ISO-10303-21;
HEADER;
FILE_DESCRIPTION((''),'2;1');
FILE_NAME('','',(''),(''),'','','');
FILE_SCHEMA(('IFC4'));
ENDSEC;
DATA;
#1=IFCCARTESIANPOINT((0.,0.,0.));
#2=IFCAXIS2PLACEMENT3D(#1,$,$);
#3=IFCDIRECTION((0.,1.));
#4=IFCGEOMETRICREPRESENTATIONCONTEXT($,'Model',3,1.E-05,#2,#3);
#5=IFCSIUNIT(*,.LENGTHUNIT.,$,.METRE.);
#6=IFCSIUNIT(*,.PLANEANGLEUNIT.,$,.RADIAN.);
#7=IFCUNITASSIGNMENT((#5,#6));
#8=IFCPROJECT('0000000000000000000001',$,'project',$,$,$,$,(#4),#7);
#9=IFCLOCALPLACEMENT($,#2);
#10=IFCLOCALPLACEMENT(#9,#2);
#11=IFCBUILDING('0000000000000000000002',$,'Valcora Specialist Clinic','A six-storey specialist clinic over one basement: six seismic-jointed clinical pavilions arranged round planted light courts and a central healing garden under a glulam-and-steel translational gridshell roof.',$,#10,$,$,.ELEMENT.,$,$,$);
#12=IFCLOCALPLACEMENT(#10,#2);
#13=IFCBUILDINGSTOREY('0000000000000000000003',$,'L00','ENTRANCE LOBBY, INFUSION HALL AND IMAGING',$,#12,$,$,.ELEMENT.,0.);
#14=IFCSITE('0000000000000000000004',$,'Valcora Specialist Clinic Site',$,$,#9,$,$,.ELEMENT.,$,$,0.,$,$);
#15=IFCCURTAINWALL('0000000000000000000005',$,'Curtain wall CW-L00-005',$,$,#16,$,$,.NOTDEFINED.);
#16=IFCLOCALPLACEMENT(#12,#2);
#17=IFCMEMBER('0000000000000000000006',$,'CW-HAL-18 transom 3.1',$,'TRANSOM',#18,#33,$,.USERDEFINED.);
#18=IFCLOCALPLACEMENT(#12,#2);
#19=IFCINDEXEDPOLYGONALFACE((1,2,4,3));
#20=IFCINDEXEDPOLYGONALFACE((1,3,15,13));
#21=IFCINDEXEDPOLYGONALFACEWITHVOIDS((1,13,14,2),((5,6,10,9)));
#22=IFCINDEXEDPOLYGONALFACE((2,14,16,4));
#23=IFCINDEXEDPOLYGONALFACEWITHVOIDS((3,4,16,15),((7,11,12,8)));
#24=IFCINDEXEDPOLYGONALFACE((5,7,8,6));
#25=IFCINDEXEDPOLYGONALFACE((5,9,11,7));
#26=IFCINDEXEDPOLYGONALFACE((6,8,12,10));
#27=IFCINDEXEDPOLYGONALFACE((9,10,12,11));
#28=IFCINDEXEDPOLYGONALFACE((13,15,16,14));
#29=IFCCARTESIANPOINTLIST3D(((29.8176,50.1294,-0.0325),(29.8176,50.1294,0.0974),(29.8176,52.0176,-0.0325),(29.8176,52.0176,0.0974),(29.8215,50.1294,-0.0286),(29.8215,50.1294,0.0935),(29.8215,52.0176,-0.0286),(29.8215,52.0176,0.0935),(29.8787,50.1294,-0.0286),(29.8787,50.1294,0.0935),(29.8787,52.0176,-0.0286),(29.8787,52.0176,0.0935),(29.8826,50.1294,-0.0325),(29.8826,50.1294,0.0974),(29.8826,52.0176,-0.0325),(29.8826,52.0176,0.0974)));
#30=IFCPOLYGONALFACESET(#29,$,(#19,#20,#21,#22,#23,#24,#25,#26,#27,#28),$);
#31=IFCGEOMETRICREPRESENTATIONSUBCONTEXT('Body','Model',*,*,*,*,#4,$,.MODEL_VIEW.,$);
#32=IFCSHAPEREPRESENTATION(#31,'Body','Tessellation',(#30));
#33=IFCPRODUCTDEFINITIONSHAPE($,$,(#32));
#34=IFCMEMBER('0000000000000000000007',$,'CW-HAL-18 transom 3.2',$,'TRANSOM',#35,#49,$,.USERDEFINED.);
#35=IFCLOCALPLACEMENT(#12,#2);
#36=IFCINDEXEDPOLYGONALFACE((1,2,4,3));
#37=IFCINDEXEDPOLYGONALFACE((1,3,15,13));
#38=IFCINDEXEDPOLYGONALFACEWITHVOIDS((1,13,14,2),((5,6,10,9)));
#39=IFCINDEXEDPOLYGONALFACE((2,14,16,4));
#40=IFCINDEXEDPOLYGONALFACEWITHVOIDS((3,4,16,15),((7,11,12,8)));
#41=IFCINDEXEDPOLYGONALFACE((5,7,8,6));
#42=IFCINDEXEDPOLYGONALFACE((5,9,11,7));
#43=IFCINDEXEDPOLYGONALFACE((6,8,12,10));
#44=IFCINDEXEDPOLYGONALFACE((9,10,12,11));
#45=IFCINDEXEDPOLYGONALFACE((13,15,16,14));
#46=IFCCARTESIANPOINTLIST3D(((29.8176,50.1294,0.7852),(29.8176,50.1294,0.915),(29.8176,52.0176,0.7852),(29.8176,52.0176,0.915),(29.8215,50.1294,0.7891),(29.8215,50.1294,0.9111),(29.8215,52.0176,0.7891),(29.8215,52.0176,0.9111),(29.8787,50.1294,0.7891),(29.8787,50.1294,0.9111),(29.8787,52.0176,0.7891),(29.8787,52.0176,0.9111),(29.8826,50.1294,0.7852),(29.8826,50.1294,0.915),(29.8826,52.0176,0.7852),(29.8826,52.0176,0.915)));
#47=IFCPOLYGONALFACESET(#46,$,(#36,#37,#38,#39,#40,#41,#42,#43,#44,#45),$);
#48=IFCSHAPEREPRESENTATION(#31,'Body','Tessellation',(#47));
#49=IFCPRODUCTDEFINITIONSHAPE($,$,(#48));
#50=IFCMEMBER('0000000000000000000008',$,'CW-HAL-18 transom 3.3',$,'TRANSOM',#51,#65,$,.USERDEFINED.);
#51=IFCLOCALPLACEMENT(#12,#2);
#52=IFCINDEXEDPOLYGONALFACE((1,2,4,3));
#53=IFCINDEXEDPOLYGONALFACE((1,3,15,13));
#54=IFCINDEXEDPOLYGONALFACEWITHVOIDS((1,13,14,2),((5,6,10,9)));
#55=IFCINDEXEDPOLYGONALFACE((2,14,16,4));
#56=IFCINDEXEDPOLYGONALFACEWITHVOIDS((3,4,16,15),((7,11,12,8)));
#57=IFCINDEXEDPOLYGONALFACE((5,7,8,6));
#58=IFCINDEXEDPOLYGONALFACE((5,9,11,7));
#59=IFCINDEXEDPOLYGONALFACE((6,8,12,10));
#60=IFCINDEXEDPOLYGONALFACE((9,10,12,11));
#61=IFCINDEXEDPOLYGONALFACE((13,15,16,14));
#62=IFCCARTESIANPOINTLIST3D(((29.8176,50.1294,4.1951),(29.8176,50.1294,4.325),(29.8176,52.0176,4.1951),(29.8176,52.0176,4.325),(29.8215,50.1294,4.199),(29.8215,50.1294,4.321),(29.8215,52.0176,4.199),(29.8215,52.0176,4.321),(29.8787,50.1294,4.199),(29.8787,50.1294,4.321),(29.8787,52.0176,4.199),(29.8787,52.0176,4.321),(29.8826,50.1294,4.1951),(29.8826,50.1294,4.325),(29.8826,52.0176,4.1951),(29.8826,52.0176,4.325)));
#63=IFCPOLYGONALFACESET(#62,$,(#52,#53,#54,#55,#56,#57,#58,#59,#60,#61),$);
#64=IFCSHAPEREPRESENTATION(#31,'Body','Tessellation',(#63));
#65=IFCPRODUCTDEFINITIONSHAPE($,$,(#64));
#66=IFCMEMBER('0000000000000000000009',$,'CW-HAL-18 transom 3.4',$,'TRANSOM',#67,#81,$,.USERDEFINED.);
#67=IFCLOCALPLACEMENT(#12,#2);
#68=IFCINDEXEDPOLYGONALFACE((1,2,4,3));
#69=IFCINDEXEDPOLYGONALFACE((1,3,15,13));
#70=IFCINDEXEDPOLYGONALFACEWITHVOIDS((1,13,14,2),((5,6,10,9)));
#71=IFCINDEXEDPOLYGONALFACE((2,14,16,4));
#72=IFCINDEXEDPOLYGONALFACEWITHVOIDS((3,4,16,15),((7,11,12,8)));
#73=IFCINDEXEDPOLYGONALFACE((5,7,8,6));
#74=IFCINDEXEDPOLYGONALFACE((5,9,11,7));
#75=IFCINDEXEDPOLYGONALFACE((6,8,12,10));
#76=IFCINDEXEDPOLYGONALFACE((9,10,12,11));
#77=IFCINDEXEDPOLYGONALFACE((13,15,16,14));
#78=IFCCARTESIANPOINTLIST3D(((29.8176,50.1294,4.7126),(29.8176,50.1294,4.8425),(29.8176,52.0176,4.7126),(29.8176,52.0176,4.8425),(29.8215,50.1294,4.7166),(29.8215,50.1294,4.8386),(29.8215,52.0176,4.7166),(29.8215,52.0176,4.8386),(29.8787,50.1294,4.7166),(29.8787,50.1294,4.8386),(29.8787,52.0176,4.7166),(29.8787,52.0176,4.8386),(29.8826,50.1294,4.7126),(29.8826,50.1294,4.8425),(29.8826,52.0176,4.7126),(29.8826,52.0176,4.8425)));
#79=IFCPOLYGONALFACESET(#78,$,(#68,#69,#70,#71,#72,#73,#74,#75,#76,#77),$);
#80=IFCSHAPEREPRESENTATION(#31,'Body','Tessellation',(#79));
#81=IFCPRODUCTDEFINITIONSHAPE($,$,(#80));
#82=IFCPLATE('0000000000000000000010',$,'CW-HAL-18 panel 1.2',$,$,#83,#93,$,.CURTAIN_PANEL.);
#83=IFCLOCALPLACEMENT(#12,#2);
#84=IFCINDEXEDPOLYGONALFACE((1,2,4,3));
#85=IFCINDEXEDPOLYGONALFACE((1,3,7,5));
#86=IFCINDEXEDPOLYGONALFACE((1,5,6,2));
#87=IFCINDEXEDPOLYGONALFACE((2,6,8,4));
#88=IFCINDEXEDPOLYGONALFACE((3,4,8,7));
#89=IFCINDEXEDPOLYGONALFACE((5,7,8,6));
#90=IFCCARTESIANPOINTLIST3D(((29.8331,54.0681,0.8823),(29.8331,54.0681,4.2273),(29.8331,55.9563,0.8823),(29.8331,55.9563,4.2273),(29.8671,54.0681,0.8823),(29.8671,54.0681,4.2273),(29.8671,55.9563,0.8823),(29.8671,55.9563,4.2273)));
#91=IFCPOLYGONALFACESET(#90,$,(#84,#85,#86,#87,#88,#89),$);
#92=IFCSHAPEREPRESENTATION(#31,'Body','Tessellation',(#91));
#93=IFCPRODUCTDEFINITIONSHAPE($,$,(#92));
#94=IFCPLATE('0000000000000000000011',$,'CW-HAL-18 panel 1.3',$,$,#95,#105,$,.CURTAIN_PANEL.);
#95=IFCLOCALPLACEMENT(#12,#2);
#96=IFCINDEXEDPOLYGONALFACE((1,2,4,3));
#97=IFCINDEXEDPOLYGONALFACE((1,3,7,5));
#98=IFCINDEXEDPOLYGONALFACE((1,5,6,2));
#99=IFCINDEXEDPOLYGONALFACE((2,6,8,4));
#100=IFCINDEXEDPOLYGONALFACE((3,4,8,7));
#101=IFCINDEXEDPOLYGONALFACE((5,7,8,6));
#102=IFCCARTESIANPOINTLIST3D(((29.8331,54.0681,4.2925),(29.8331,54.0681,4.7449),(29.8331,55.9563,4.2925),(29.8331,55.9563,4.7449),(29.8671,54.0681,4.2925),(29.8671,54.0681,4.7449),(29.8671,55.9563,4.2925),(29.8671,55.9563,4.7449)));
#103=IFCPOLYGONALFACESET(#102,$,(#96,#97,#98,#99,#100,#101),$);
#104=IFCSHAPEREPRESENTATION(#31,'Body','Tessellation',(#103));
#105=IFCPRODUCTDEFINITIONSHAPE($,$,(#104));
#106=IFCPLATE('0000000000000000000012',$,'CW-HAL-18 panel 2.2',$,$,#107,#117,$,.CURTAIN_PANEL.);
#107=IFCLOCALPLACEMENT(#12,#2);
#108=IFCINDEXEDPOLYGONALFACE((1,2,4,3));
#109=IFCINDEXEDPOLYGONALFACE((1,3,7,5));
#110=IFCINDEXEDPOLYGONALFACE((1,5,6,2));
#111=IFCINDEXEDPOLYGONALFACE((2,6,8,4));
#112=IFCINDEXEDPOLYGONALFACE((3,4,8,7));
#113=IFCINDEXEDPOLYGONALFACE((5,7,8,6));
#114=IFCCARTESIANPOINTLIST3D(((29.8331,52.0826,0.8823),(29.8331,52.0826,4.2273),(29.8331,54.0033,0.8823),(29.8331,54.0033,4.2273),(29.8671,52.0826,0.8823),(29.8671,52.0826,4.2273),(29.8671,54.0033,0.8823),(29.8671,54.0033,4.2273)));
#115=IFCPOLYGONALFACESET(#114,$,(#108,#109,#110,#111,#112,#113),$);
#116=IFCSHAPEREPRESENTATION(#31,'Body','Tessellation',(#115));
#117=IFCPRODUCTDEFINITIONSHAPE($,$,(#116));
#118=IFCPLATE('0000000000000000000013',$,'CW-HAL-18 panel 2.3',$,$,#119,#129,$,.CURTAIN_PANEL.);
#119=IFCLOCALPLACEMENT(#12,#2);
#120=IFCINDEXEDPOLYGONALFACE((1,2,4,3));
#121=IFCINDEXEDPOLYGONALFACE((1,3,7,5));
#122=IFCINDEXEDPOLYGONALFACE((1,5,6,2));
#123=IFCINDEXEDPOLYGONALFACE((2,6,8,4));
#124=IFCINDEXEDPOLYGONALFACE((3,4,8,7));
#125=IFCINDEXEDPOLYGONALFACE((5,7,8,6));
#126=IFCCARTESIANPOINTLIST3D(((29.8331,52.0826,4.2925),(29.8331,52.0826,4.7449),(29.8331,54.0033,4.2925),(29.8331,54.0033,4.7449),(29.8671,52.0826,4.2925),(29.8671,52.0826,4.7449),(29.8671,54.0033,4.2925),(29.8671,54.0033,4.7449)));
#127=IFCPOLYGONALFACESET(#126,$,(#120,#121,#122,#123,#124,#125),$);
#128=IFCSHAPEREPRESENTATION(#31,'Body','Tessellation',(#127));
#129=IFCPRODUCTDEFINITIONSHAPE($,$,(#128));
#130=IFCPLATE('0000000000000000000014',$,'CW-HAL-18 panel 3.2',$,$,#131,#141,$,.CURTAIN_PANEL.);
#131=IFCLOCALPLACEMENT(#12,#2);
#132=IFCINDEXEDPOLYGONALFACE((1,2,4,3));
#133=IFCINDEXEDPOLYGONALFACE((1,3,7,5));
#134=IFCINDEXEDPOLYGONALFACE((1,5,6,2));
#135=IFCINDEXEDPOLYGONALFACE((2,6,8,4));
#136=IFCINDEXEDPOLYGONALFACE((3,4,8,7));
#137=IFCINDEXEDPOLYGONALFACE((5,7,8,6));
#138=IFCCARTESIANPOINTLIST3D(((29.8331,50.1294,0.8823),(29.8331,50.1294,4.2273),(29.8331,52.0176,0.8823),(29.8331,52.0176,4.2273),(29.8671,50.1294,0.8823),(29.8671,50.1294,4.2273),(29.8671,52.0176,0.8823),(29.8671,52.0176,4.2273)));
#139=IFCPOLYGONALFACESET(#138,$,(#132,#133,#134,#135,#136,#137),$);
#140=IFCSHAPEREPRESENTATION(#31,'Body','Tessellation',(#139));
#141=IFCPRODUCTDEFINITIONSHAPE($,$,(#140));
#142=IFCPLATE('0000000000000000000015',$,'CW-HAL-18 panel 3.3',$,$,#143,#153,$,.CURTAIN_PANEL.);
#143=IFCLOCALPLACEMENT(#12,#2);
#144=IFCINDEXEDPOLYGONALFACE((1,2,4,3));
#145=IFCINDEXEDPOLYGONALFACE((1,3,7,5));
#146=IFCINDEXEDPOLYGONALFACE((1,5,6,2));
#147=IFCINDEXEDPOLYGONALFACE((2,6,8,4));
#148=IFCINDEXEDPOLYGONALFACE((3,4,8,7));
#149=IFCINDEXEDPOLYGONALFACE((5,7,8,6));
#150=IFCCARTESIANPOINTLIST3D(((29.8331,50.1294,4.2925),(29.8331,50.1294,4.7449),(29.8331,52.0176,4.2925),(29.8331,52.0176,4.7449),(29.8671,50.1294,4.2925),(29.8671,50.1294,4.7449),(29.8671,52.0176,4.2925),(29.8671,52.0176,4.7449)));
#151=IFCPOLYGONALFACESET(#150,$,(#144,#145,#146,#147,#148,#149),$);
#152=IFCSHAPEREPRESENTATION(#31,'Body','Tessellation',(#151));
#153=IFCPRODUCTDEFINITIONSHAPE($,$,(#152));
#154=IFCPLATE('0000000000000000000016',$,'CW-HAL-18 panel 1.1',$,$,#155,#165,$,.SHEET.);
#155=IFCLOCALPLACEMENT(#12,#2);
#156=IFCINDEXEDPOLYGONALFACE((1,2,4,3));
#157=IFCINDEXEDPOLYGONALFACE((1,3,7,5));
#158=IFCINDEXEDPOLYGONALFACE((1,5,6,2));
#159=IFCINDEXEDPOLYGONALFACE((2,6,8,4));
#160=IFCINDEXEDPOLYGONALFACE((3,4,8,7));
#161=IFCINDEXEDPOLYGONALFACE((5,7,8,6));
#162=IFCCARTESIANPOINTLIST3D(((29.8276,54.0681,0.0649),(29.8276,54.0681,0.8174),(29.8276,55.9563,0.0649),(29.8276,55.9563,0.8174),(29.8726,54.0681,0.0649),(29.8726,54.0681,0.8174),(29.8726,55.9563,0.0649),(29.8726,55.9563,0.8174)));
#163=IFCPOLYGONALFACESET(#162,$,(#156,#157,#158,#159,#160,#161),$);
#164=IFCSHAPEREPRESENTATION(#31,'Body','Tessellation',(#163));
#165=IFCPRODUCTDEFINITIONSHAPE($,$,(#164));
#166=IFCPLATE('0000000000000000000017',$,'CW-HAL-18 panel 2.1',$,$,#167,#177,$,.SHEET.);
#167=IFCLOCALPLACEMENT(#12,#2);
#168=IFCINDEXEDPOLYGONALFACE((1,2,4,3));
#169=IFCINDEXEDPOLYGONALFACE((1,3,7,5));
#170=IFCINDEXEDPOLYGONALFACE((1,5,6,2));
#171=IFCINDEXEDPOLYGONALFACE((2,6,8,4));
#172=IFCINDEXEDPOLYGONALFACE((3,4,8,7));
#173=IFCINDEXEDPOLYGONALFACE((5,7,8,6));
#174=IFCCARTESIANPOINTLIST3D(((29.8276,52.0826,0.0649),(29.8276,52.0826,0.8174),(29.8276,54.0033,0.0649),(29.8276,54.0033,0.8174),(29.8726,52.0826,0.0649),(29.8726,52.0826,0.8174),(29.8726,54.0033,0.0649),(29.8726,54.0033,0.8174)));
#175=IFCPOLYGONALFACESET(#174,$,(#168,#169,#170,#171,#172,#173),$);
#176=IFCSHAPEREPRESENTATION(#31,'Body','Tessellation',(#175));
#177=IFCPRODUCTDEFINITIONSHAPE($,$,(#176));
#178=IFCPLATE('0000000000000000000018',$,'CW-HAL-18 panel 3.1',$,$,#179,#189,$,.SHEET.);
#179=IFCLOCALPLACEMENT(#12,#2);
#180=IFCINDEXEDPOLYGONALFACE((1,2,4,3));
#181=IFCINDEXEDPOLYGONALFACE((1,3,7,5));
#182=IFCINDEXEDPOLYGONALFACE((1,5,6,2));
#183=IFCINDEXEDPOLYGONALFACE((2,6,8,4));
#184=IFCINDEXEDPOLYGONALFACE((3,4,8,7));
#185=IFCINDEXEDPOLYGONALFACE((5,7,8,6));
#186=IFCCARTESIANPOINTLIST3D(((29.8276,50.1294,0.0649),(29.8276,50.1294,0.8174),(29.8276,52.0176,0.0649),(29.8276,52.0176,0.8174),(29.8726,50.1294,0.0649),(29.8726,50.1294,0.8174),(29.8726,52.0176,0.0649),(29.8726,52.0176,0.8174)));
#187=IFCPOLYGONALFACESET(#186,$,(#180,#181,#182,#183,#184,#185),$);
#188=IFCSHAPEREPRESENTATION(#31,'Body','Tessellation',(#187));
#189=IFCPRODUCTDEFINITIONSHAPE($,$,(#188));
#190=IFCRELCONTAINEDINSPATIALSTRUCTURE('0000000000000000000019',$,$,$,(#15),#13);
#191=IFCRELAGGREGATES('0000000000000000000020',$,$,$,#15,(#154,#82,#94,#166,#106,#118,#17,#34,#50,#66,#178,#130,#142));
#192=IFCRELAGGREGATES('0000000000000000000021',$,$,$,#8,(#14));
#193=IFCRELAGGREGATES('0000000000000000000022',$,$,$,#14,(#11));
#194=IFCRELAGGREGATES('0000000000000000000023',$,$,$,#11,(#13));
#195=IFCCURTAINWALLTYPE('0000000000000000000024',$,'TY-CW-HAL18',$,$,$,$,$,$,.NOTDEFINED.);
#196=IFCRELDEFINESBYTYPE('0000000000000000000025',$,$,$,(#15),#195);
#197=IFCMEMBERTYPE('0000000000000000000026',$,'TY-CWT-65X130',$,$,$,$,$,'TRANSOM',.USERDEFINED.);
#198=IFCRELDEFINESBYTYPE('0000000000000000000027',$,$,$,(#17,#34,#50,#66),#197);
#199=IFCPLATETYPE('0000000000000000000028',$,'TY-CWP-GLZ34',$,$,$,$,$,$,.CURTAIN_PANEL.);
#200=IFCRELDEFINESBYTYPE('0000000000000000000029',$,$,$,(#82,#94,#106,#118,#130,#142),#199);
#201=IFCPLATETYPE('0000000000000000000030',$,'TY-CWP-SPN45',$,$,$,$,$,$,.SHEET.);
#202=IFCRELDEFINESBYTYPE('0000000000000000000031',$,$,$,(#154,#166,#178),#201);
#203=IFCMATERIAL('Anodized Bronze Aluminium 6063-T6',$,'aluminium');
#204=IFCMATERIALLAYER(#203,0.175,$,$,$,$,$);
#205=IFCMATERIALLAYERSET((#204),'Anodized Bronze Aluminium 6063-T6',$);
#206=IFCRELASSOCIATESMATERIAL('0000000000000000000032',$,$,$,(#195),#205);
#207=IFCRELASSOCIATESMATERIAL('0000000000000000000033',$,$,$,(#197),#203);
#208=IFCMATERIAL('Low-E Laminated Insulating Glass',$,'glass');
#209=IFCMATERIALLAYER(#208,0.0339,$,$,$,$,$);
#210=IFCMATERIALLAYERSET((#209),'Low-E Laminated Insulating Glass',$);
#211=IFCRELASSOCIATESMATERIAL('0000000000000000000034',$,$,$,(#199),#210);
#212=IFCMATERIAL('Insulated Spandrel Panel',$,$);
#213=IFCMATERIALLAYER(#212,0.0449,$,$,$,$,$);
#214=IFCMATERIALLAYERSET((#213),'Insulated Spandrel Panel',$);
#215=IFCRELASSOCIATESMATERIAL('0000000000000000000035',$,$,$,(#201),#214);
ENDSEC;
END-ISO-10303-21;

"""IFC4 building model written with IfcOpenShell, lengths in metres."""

from ifc_helpers import new_model, si_unit, direction, frame, origin, origin_2d, place, context, subcontext, project, spatial, rectangle, hollow_rectangle, extrude, material, layer, layer_set, material_profile, profile_set, type_object, element, aggregate, save


model = new_model("IFC4")

# Units and contexts
model_context = context("Model", 3, precision=1e-05, world=origin(), true_north=direction((0.0, 1.0)))
body_context = subcontext(model_context, "Body", "Model", "MODEL_VIEW")
ifc_project = project(units=[si_unit("LENGTHUNIT", "METRE"), si_unit("PLANEANGLEUNIT", "RADIAN")], contexts=[model_context])

# Site, building, storey
site_placement = place(None, origin())
site = spatial("IfcSite", under=ifc_project, at=site_placement, Name="Valcora Specialist Clinic Site", CompositionType="ELEMENT", RefElevation=0.0)
building_placement = place(site_placement, origin())
building = spatial("IfcBuilding", under=site, at=building_placement, Name="Valcora Specialist Clinic", Description="A six-storey specialist clinic over one basement: six seismic-jointed clinical pavilions arranged round planted light courts and a central healing garden under a glulam-and-steel translational gridshell roof.", CompositionType="ELEMENT")
storey_placement = place(building_placement, origin())
storey = spatial("IfcBuildingStorey", under=building, at=storey_placement, Name="L00", Description="ENTRANCE LOBBY, INFUSION HALL AND IMAGING", CompositionType="ELEMENT", Elevation=0.0)

# Curtain wall, members, plates
ifc_material_1 = material(Name="Anodized Bronze Aluminium 6063-T6", Category="aluminium")
ifc_layer_1 = layer(ifc_material_1, 0.175)
ifc_layer_set_1 = layer_set([ifc_layer_1], Name="Anodized Bronze Aluminium 6063-T6")
curtain_wall_type = type_object("IfcCurtainWallType", Name="TY-CW-HAL18", PredefinedType="NOTDEFINED", material=ifc_layer_set_1)
curtain_wall_placement = place(storey_placement, origin())
curtain_wall = element("IfcCurtainWall", 1, at=curtain_wall_placement, inside=storey, type_object=curtain_wall_type, Name="Curtain wall CW-L00-005", PredefinedType="NOTDEFINED")
ifc_material_profile_1 = material_profile(ifc_material_1, hollow_rectangle(XDim=0.0649, YDim=0.1299, WallThickness=0.0039, at=origin_2d()), Name="AL-TRN-65X130")
ifc_profile_set_1 = profile_set([ifc_material_profile_1], Name="Anodized Bronze Aluminium 6063-T6")
member_type_1 = type_object("IfcMemberType", Name="TY-CWT-65X130", ElementType="TRANSOM", PredefinedType="USERDEFINED", material=ifc_profile_set_1)
member_1_placement = place(storey_placement, frame((29.8501, 52.0176, 0.0325), z_axis=(0.0, -1.0, 0.0), x_axis=(1.0, 0.0, 0.0)))
member_1 = element("IfcMember", 2, at=member_1_placement, type_object=member_type_1, Name="CW-HAL-18 transom 3.1", ObjectType="TRANSOM", PredefinedType="USERDEFINED", context=body_context, shape_type="SweptSolid", body=[
    extrude(hollow_rectangle(XDim=0.0649, YDim=0.1299, WallThickness=0.0039, at=origin_2d()), origin(), (0.0, 0.0, 1.0), 1.8882),
])
member_2_placement = place(storey_placement, frame((29.8501, 52.0176, 0.8501), z_axis=(0.0, -1.0, 0.0), x_axis=(1.0, 0.0, 0.0)))
member_2 = element("IfcMember", 3, at=member_2_placement, type_object=member_type_1, Name="CW-HAL-18 transom 3.2", ObjectType="TRANSOM", PredefinedType="USERDEFINED", context=body_context, shape_type="SweptSolid", body=[
    extrude(hollow_rectangle(XDim=0.0649, YDim=0.1299, WallThickness=0.0039, at=origin_2d()), origin(), (0.0, 0.0, 1.0), 1.8882),
])
member_3_placement = place(storey_placement, frame((29.8501, 52.0176, 4.26), z_axis=(0.0, -1.0, 0.0), x_axis=(1.0, 0.0, 0.0)))
member_3 = element("IfcMember", 4, at=member_3_placement, type_object=member_type_1, Name="CW-HAL-18 transom 3.3", ObjectType="TRANSOM", PredefinedType="USERDEFINED", context=body_context, shape_type="SweptSolid", body=[
    extrude(hollow_rectangle(XDim=0.0649, YDim=0.1299, WallThickness=0.0039, at=origin_2d()), origin(), (0.0, 0.0, 1.0), 1.8882),
])
member_4_placement = place(storey_placement, frame((29.8501, 52.0176, 4.7776), z_axis=(0.0, -1.0, 0.0), x_axis=(1.0, 0.0, 0.0)))
member_4 = element("IfcMember", 5, at=member_4_placement, type_object=member_type_1, Name="CW-HAL-18 transom 3.4", ObjectType="TRANSOM", PredefinedType="USERDEFINED", context=body_context, shape_type="SweptSolid", body=[
    extrude(hollow_rectangle(XDim=0.0649, YDim=0.1299, WallThickness=0.0039, at=origin_2d()), origin(), (0.0, 0.0, 1.0), 1.8882),
])
ifc_material_2 = material(Name="Low-E Laminated Insulating Glass", Category="glass")
ifc_layer_2 = layer(ifc_material_2, 0.0339)
ifc_layer_set_2 = layer_set([ifc_layer_2], Name="Low-E Laminated Insulating Glass")
plate_type_1 = type_object("IfcPlateType", Name="TY-CWP-GLZ34", PredefinedType="CURTAIN_PANEL", material=ifc_layer_set_2)
plate_1_placement = place(storey_placement, frame((29.8501, 55.0122, 0.8823), z_axis=(0.0, 0.0, 1.0), x_axis=(0.0, -1.0, 0.0)))
plate_1 = element("IfcPlate", 6, at=plate_1_placement, type_object=plate_type_1, Name="CW-HAL-18 panel 1.2", PredefinedType="CURTAIN_PANEL", context=body_context, shape_type="SweptSolid", body=[
    extrude(rectangle(XDim=1.8882, YDim=0.0339, at=origin_2d()), origin(), (0.0, 0.0, 1.0), 3.345),
])
plate_2_placement = place(storey_placement, frame((29.8501, 55.0122, 4.2925), z_axis=(0.0, 0.0, 1.0), x_axis=(0.0, -1.0, 0.0)))
plate_2 = element("IfcPlate", 7, at=plate_2_placement, type_object=plate_type_1, Name="CW-HAL-18 panel 1.3", PredefinedType="CURTAIN_PANEL", context=body_context, shape_type="SweptSolid", body=[
    extrude(rectangle(XDim=1.8882, YDim=0.0339, at=origin_2d()), origin(), (0.0, 0.0, 1.0), 0.4524),
])
plate_3_placement = place(storey_placement, frame((29.8501, 53.043, 0.8823), z_axis=(0.0, 0.0, 1.0), x_axis=(0.0, -1.0, 0.0)))
plate_3 = element("IfcPlate", 8, at=plate_3_placement, type_object=plate_type_1, Name="CW-HAL-18 panel 2.2", PredefinedType="CURTAIN_PANEL", context=body_context, shape_type="SweptSolid", body=[
    extrude(rectangle(XDim=1.9207, YDim=0.0339, at=origin_2d()), origin(), (0.0, 0.0, 1.0), 3.345),
])
plate_4_placement = place(storey_placement, frame((29.8501, 53.043, 4.2925), z_axis=(0.0, 0.0, 1.0), x_axis=(0.0, -1.0, 0.0)))
plate_4 = element("IfcPlate", 9, at=plate_4_placement, type_object=plate_type_1, Name="CW-HAL-18 panel 2.3", PredefinedType="CURTAIN_PANEL", context=body_context, shape_type="SweptSolid", body=[
    extrude(rectangle(XDim=1.9207, YDim=0.0339, at=origin_2d()), origin(), (0.0, 0.0, 1.0), 0.4524),
])
plate_5_placement = place(storey_placement, frame((29.8501, 51.0735, 0.8823), z_axis=(0.0, 0.0, 1.0), x_axis=(0.0, -1.0, 0.0)))
plate_5 = element("IfcPlate", 10, at=plate_5_placement, type_object=plate_type_1, Name="CW-HAL-18 panel 3.2", PredefinedType="CURTAIN_PANEL", context=body_context, shape_type="SweptSolid", body=[
    extrude(rectangle(XDim=1.8882, YDim=0.0339, at=origin_2d()), origin(), (0.0, 0.0, 1.0), 3.345),
])
plate_6_placement = place(storey_placement, frame((29.8501, 51.0735, 4.2925), z_axis=(0.0, 0.0, 1.0), x_axis=(0.0, -1.0, 0.0)))
plate_6 = element("IfcPlate", 11, at=plate_6_placement, type_object=plate_type_1, Name="CW-HAL-18 panel 3.3", PredefinedType="CURTAIN_PANEL", context=body_context, shape_type="SweptSolid", body=[
    extrude(rectangle(XDim=1.8882, YDim=0.0339, at=origin_2d()), origin(), (0.0, 0.0, 1.0), 0.4524),
])
ifc_material_3 = material(Name="Insulated Spandrel Panel")
ifc_layer_3 = layer(ifc_material_3, 0.0449)
ifc_layer_set_3 = layer_set([ifc_layer_3], Name="Insulated Spandrel Panel")
plate_type_2 = type_object("IfcPlateType", Name="TY-CWP-SPN45", PredefinedType="SHEET", material=ifc_layer_set_3)
plate_7_placement = place(storey_placement, frame((29.8501, 55.0122, 0.0649), z_axis=(0.0, 0.0, 1.0), x_axis=(0.0, -1.0, 0.0)))
plate_7 = element("IfcPlate", 12, at=plate_7_placement, type_object=plate_type_2, Name="CW-HAL-18 panel 1.1", PredefinedType="SHEET", context=body_context, shape_type="SweptSolid", body=[
    extrude(rectangle(XDim=1.8882, YDim=0.0449, at=origin_2d()), origin(), (0.0, 0.0, 1.0), 0.7524),
])
plate_8_placement = place(storey_placement, frame((29.8501, 53.043, 0.0649), z_axis=(0.0, 0.0, 1.0), x_axis=(0.0, -1.0, 0.0)))
plate_8 = element("IfcPlate", 13, at=plate_8_placement, type_object=plate_type_2, Name="CW-HAL-18 panel 2.1", PredefinedType="SHEET", context=body_context, shape_type="SweptSolid", body=[
    extrude(rectangle(XDim=1.9207, YDim=0.0449, at=origin_2d()), origin(), (0.0, 0.0, 1.0), 0.7524),
])
plate_9_placement = place(storey_placement, frame((29.8501, 51.0735, 0.0649), z_axis=(0.0, 0.0, 1.0), x_axis=(0.0, -1.0, 0.0)))
plate_9 = element("IfcPlate", 14, at=plate_9_placement, type_object=plate_type_2, Name="CW-HAL-18 panel 3.1", PredefinedType="SHEET", context=body_context, shape_type="SweptSolid", body=[
    extrude(rectangle(XDim=1.8882, YDim=0.0449, at=origin_2d()), origin(), (0.0, 0.0, 1.0), 0.7524),
])
aggregate(curtain_wall, [plate_7, plate_1, plate_2, plate_8, plate_3, plate_4, member_1, member_2, member_3, member_4, plate_9, plate_5, plate_6])

save(model, "model.ifc")
